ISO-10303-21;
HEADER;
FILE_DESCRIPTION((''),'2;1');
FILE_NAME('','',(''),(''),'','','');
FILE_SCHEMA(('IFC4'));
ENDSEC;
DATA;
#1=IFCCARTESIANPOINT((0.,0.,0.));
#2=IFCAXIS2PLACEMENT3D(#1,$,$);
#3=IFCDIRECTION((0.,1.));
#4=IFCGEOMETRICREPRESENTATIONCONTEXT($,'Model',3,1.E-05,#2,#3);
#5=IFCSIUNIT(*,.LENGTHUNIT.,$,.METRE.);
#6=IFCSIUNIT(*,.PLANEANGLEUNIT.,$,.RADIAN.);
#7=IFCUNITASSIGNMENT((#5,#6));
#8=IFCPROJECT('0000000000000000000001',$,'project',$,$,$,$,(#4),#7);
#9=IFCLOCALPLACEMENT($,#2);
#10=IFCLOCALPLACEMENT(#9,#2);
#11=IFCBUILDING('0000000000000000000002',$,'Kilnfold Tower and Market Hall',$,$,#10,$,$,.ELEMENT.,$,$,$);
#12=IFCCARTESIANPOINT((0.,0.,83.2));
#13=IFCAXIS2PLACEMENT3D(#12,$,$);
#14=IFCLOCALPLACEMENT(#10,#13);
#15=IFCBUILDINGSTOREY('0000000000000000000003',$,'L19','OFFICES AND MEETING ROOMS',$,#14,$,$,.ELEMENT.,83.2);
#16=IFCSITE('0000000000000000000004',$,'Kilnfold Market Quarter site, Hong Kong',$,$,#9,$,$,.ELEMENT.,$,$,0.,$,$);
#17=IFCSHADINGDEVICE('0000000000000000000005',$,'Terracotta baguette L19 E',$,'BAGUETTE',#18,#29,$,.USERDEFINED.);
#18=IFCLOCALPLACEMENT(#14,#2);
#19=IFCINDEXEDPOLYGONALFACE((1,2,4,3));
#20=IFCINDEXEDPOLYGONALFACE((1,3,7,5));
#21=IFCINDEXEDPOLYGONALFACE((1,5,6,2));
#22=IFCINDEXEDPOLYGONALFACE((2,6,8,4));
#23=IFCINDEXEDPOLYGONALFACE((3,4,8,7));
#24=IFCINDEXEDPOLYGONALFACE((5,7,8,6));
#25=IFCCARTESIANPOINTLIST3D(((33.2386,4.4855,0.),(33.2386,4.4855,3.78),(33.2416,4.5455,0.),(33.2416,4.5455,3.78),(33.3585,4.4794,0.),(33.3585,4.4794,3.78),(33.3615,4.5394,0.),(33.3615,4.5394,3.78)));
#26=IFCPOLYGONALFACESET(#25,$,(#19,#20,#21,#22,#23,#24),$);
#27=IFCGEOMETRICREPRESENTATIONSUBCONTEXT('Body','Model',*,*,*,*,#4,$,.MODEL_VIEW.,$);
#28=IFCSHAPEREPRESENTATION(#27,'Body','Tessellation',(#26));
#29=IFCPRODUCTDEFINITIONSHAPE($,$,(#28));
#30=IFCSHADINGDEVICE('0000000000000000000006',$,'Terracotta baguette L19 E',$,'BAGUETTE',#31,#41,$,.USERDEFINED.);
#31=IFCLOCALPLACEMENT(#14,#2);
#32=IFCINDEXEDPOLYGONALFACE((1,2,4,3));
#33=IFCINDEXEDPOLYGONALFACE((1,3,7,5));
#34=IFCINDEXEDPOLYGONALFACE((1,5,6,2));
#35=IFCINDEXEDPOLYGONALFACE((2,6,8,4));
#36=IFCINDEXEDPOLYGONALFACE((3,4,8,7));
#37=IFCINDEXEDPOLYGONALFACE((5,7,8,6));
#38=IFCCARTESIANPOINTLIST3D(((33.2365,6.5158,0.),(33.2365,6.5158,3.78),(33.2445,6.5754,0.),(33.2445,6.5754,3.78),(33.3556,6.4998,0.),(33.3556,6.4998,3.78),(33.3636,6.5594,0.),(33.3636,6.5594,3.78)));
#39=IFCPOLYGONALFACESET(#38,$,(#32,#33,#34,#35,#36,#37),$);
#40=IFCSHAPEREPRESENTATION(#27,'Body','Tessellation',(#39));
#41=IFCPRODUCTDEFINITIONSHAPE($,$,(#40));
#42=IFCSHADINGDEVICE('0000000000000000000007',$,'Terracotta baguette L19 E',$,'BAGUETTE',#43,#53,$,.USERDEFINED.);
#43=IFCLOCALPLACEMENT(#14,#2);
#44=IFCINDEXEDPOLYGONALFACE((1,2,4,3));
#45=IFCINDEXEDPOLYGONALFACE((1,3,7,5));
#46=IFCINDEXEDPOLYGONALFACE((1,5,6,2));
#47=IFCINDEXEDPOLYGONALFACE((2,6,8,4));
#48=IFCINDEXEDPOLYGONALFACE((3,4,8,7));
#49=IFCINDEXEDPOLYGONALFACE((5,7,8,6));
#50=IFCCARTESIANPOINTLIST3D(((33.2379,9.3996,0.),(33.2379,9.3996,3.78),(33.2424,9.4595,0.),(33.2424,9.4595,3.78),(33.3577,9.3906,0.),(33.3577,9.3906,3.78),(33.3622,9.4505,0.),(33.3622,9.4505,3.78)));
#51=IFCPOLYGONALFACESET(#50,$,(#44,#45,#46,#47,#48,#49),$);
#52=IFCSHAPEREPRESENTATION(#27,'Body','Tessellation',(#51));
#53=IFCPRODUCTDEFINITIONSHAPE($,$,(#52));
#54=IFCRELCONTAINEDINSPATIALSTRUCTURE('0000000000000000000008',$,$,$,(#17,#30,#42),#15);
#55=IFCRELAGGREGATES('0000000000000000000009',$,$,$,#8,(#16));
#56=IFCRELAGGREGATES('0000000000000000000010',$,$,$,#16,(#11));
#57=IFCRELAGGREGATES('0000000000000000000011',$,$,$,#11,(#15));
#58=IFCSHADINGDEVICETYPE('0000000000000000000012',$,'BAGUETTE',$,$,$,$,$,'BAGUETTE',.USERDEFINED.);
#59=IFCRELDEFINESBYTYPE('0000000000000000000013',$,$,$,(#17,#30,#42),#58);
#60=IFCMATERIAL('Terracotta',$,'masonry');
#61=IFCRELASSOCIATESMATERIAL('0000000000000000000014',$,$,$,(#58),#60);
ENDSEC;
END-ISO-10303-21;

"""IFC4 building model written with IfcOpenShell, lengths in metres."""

from ifc_helpers import new_model, si_unit, direction, frame, origin, origin_2d, place, context, subcontext, project, spatial, rectangle, extrude, source, transform, mapped, material, material_profile, profile_set, type_object, element, save


model = new_model("IFC4")

# Units and contexts
model_context = context("Model", 3, precision=1e-05, world=origin(), true_north=direction((0.0, 1.0)))
body_context = subcontext(model_context, "Body", "Model", "MODEL_VIEW")
ifc_project = project(units=[si_unit("LENGTHUNIT", "METRE"), si_unit("PLANEANGLEUNIT", "RADIAN")], contexts=[model_context])

# Site, building, storey
site_placement = place(None, origin())
site = spatial("IfcSite", under=ifc_project, at=site_placement, Name="Kilnfold Market Quarter site, Hong Kong", CompositionType="ELEMENT", RefElevation=0.0)
building_placement = place(site_placement, origin())
building = spatial("IfcBuilding", under=site, at=building_placement, Name="Kilnfold Tower and Market Hall", CompositionType="ELEMENT")
storey_placement = place(building_placement, frame((0.0, 0.0, 83.2)))
storey = spatial("IfcBuildingStorey", under=building, at=storey_placement, Name="L19", Description="OFFICES AND MEETING ROOMS", CompositionType="ELEMENT", Elevation=83.2)

# Shading devices
ifc_material_1 = material(Name="Terracotta", Category="masonry")
ifc_material_profile_1 = material_profile(ifc_material_1, rectangle(XDim=0.0601, YDim=0.1201, at=origin_2d()), Name="BAG 60x120")
ifc_profile_set_1 = profile_set([ifc_material_profile_1], Name="Terracotta")
shading_device_type = type_object("IfcShadingDeviceType", Name="BAGUETTE", ElementType="BAGUETTE", PredefinedType="USERDEFINED", material=ifc_profile_set_1)
shared_shape_1 = source(origin(), body_context, "Body", "SweptSolid", [
    extrude(rectangle(XDim=0.0601, YDim=0.1201, at=origin_2d()), origin(), (0.0, 0.0, 1.0), 3.78),
])
for number, where, z_axis, x_axis, name in (
    (1, (33.3, 4.5125, 0.0), (0.0, 0.0, 1.0), (0.050459, 0.998726, 0.0), "Terracotta baguette L19 E"),
    (2, (33.3, 6.5376, 0.0), (0.0, 0.0, 1.0), (0.133315, 0.991074, 0.0), "Terracotta baguette L19 E"),
    (3, (33.3, 9.425, 0.0), (0.0, 0.0, 1.0), (0.074918, 0.99719, 0.0), "Terracotta baguette L19 E"),
):
    element("IfcShadingDevice", number, at=place(storey_placement, frame(where, z_axis=z_axis, x_axis=x_axis)), inside=storey, type_object=shading_device_type, Name=name, ObjectType="BAGUETTE", PredefinedType="USERDEFINED", context=body_context, shape_type="MappedRepresentation", body=[
        mapped(shared_shape_1, transform((0.0, 0.0, 0.0))),
    ])

save(model, "model.ifc")
